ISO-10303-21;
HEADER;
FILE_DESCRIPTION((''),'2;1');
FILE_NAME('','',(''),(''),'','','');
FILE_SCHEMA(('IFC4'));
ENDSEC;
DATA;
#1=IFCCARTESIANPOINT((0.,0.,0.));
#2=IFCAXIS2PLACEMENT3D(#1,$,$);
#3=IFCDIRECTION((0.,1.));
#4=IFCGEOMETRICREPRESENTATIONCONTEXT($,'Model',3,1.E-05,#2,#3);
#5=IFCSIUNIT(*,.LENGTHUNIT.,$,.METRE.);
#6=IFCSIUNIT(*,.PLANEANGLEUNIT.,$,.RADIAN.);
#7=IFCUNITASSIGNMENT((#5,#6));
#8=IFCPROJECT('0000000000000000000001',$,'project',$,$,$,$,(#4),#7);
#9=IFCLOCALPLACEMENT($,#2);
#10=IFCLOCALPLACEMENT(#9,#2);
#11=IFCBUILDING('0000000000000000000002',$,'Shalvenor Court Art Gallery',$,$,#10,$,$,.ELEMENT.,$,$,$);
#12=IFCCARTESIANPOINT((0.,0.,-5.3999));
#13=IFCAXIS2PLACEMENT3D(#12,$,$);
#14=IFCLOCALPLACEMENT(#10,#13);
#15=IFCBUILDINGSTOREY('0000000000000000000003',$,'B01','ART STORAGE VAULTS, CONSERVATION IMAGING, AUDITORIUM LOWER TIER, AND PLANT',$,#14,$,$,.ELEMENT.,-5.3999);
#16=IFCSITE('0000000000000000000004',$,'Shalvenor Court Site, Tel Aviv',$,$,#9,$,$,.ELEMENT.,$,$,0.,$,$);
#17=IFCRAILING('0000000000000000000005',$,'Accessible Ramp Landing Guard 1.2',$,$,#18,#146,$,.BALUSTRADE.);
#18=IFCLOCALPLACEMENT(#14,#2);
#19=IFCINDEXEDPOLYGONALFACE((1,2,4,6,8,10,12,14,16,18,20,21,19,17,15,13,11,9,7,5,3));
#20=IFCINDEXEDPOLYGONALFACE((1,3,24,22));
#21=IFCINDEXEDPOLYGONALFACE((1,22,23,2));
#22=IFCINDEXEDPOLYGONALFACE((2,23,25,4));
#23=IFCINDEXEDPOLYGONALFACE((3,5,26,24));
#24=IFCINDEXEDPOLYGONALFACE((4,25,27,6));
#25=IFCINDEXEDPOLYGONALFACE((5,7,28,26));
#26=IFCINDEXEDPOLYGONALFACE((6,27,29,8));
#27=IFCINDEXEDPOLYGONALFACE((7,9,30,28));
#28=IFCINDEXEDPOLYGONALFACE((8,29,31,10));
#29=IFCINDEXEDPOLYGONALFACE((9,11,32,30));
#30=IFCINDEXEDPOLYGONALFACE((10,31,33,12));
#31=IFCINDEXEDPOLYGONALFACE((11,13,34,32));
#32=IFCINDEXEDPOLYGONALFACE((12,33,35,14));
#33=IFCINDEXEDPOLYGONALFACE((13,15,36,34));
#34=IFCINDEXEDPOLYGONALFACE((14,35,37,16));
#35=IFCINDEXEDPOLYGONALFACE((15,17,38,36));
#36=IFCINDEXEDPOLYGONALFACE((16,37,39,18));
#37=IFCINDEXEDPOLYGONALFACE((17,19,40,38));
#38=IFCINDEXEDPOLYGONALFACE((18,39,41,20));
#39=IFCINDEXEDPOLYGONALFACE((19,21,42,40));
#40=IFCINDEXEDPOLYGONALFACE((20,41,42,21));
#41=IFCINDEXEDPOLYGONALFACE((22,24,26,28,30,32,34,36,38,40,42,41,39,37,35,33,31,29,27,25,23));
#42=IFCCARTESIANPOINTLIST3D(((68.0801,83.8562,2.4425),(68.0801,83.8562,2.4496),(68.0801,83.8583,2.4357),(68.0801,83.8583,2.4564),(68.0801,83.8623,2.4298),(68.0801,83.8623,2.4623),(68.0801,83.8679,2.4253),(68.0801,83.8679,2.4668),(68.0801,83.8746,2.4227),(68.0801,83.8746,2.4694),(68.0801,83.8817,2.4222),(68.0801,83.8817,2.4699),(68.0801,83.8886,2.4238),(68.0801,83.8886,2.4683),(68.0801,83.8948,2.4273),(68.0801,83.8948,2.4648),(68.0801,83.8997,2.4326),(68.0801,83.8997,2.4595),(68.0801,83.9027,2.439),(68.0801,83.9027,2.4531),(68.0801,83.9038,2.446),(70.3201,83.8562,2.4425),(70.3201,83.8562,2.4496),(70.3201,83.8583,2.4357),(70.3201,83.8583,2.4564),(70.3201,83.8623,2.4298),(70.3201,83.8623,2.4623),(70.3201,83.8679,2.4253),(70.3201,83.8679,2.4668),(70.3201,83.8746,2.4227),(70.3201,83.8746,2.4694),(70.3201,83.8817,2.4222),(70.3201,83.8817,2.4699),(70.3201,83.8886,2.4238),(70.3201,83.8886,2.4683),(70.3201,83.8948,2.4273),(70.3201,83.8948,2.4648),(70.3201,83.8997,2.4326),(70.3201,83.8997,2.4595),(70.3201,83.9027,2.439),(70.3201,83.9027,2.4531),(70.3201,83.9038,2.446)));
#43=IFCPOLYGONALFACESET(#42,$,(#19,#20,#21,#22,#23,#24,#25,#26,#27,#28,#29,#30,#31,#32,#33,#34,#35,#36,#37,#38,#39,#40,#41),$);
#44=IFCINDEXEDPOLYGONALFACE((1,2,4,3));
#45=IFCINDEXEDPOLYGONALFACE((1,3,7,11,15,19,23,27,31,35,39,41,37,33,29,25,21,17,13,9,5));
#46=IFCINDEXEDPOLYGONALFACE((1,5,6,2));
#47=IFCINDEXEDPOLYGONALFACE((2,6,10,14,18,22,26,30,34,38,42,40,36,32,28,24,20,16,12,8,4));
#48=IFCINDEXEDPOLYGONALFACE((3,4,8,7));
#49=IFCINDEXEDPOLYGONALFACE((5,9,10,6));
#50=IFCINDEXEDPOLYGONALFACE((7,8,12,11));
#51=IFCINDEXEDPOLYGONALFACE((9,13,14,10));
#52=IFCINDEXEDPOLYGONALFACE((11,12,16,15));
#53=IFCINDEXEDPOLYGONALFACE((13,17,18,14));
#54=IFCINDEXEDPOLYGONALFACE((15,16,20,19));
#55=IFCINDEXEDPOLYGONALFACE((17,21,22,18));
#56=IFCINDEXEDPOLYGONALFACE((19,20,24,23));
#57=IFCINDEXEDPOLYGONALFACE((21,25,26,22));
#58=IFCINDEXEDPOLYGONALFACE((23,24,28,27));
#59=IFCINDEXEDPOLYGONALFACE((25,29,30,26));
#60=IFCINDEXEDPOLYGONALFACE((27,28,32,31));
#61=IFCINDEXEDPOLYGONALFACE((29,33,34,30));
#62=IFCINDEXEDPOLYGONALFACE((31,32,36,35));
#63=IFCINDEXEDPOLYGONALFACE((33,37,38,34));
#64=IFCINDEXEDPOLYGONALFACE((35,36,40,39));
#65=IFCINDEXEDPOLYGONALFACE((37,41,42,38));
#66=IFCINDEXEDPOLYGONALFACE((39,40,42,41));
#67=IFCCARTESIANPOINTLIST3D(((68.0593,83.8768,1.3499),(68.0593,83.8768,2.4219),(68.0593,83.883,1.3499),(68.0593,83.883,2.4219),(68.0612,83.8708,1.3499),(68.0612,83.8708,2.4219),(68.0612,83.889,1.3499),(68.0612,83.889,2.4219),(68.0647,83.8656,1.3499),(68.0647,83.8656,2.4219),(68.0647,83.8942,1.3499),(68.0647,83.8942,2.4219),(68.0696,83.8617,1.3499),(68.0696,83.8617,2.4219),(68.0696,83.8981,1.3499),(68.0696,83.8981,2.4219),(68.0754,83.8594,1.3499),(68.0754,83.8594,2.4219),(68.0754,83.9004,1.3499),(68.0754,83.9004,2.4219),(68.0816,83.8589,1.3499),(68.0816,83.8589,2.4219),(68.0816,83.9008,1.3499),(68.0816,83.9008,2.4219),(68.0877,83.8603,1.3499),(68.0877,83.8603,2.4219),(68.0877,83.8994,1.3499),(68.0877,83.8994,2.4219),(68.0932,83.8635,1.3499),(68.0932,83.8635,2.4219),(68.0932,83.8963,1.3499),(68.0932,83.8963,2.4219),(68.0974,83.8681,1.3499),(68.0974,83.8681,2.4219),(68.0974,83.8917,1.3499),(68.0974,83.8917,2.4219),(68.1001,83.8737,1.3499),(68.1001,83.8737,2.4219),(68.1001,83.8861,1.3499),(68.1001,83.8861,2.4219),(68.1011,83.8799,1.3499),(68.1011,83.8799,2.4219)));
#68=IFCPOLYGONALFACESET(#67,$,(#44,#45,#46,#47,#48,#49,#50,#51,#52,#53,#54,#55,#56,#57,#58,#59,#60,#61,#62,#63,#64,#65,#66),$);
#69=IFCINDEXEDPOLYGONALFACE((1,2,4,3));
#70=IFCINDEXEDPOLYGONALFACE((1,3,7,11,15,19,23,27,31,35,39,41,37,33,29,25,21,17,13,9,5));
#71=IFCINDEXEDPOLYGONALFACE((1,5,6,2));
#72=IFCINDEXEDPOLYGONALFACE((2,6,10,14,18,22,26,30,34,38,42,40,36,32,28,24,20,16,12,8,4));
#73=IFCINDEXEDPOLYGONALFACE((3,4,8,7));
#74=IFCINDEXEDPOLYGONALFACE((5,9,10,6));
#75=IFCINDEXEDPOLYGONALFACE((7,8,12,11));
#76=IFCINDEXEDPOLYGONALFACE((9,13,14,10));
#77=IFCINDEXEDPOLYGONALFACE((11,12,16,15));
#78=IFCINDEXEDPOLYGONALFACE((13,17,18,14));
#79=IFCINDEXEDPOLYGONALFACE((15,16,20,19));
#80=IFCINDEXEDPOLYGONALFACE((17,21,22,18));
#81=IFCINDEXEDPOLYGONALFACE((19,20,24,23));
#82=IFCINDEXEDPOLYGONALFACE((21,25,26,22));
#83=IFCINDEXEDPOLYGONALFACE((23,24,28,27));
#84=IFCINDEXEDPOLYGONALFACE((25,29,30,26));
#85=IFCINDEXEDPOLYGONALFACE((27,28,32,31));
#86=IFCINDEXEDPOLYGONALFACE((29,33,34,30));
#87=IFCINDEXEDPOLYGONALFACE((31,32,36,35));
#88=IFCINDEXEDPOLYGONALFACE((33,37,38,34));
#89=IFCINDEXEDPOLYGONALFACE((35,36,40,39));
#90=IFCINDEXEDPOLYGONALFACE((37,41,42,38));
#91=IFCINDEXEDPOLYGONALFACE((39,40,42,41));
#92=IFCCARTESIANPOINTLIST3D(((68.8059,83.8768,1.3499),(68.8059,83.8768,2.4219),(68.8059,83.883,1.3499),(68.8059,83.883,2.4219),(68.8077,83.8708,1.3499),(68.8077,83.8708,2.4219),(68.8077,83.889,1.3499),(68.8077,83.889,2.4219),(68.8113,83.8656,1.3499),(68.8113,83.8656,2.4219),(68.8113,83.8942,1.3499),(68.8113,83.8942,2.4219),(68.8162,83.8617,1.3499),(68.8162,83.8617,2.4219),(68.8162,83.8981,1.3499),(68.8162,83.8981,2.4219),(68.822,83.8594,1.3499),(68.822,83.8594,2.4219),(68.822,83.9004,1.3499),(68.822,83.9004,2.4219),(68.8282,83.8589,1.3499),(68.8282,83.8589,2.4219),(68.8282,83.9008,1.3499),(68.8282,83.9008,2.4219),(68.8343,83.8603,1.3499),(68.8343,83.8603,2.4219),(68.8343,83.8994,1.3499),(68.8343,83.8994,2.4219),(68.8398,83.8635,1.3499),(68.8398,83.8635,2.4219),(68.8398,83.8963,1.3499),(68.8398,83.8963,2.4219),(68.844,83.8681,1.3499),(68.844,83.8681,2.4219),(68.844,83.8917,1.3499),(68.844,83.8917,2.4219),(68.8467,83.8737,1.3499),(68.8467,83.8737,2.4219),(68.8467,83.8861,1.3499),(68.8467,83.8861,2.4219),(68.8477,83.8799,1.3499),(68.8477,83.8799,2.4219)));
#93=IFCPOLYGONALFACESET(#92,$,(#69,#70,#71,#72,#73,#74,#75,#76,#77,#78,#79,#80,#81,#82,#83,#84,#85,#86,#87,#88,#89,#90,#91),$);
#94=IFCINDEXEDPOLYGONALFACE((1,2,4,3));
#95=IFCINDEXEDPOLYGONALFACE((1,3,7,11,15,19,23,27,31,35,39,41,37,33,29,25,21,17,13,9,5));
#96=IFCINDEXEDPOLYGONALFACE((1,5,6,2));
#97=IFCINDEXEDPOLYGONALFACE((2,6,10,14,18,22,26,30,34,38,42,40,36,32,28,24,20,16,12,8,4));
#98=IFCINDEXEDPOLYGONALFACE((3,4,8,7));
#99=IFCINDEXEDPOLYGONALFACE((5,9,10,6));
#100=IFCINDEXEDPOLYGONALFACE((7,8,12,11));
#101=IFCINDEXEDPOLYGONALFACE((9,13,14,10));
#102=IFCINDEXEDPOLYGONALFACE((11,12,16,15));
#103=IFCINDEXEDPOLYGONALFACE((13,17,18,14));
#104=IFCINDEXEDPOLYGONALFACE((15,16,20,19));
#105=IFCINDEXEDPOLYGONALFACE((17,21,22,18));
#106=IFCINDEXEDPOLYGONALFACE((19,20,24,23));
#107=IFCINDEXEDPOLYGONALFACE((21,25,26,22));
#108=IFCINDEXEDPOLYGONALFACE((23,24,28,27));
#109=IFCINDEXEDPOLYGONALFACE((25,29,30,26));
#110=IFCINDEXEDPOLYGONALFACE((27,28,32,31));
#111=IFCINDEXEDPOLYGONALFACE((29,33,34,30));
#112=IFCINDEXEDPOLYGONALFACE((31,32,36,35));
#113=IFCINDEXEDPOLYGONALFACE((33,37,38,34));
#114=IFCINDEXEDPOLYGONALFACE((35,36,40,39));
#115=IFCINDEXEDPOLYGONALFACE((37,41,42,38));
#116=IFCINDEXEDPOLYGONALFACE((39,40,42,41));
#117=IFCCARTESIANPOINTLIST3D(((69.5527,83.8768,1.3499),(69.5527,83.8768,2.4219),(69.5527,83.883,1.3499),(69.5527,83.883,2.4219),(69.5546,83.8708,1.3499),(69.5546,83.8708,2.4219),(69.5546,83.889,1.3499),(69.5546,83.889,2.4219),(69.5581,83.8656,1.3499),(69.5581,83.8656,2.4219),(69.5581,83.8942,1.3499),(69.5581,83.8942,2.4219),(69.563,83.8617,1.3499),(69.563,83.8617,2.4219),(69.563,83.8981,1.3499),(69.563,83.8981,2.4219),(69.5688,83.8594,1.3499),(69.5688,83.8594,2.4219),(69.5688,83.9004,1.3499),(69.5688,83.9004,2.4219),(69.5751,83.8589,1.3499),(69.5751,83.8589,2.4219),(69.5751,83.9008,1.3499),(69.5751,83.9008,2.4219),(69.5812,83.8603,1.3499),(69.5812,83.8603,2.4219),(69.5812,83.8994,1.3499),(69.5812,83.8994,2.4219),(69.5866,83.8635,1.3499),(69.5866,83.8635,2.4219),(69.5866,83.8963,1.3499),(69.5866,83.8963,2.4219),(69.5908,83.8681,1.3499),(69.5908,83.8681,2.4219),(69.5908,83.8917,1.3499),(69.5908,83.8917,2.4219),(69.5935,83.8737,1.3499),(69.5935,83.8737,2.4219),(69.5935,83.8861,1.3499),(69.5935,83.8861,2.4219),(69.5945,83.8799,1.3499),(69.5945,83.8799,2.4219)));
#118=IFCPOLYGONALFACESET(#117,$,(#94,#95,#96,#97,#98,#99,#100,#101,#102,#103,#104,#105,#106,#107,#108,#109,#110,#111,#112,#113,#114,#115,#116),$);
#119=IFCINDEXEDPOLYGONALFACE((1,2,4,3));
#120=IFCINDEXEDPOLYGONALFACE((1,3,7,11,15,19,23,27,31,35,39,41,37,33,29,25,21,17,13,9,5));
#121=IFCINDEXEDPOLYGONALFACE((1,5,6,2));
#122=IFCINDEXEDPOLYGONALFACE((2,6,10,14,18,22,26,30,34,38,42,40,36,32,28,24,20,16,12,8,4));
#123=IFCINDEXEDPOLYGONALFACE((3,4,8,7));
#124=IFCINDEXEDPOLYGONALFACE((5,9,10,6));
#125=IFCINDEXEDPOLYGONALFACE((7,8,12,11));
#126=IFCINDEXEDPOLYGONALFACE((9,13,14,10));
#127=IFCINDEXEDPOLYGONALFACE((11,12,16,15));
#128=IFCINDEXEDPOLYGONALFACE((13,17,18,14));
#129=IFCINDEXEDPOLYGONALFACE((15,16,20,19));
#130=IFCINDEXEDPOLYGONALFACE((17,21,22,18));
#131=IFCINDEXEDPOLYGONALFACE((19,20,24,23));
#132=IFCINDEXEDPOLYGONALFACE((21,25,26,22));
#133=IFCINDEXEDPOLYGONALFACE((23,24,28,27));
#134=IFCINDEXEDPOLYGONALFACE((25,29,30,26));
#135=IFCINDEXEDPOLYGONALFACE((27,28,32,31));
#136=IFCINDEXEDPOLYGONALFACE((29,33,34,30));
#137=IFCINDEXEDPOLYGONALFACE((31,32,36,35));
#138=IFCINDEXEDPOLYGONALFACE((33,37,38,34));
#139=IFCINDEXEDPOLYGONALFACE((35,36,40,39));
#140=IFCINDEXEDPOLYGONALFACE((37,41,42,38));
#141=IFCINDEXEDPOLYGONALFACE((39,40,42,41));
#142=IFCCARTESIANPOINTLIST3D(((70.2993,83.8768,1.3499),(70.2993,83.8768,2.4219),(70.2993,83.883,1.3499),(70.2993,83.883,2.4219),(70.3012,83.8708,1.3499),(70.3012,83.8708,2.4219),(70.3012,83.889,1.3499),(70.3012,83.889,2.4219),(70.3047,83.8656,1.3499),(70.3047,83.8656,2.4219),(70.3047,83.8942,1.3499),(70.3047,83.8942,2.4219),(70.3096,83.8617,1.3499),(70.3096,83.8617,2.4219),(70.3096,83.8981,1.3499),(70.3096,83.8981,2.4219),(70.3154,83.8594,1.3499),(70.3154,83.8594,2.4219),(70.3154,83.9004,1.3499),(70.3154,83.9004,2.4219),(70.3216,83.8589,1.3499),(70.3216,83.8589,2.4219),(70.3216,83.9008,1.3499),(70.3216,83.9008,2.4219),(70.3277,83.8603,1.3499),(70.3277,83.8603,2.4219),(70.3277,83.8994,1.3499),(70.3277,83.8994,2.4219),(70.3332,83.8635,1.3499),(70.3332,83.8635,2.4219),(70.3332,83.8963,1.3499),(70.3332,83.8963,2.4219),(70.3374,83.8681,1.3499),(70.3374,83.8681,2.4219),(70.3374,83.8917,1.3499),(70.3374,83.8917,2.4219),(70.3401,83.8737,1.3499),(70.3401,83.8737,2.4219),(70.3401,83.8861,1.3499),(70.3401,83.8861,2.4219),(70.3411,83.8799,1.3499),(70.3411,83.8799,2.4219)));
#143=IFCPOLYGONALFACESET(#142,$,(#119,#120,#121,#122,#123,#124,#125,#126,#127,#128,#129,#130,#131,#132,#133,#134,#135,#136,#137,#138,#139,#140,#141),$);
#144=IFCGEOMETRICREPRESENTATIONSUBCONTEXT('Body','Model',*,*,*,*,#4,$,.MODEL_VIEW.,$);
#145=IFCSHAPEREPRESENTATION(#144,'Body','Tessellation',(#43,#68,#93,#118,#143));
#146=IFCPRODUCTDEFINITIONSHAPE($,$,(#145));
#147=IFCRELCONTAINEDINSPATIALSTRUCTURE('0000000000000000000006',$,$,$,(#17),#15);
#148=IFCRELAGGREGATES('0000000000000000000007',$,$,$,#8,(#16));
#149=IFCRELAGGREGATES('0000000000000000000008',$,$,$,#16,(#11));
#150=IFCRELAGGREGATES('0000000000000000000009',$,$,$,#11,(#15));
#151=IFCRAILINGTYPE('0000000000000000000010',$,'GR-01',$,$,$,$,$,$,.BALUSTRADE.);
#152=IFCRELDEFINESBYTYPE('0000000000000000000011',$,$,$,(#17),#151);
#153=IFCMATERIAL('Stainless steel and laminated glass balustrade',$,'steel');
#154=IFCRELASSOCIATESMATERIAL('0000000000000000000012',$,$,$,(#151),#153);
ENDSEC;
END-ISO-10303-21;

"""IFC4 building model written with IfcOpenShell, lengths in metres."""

from ifc_helpers import new_model, si_unit, direction, frame, origin, origin_2d, place, context, subcontext, project, spatial, circle, extrude, material, type_object, element, save


model = new_model("IFC4")

# Units and contexts
model_context = context("Model", 3, precision=1e-05, world=origin(), true_north=direction((0.0, 1.0)))
body_context = subcontext(model_context, "Body", "Model", "MODEL_VIEW")
ifc_project = project(units=[si_unit("LENGTHUNIT", "METRE"), si_unit("PLANEANGLEUNIT", "RADIAN")], contexts=[model_context])

# Site, building, storey
site_placement = place(None, origin())
site = spatial("IfcSite", under=ifc_project, at=site_placement, Name="Shalvenor Court Site, Tel Aviv", CompositionType="ELEMENT", RefElevation=0.0)
building_placement = place(site_placement, origin())
building = spatial("IfcBuilding", under=site, at=building_placement, Name="Shalvenor Court Art Gallery", CompositionType="ELEMENT")
storey_placement = place(building_placement, frame((0.0, 0.0, -5.3999)))
storey = spatial("IfcBuildingStorey", under=building, at=storey_placement, Name="B01", Description="ART STORAGE VAULTS, CONSERVATION IMAGING, AUDITORIUM LOWER TIER, AND PLANT", CompositionType="ELEMENT", Elevation=-5.3999)

# Railing
ifc_material_1 = material(Name="Stainless steel and laminated glass balustrade", Category="steel")
railing_type_1 = type_object("IfcRailingType", Name="GR-01", PredefinedType="BALUSTRADE", material=ifc_material_1)
for number, where, name in (
    (1, (68.0801, 83.8799, 1.3499), "Accessible Ramp Landing Guard 1.2"),
):
    element("IfcRailing", number, at=place(storey_placement, frame(where)), inside=storey, type_object=railing_type_1, Name=name, PredefinedType="BALUSTRADE", context=body_context, shape_type="SweptSolid", body=[
        extrude(circle(Radius=0.0239, at=origin_2d()), frame((0.0, 0.0, 1.0962), z_axis=(1.0, 0.0, 0.0), x_axis=(0.0, 1.0, 0.0)), (0.0, 0.0, 1.0), 2.24),
        extrude(circle(Radius=0.021, at=origin_2d()), origin(), (0.0, 0.0, 1.0), 1.072),
        extrude(circle(Radius=0.021, at=origin_2d()), frame((0.7466, 0.0, 0.0)), (0.0, 0.0, 1.0), 1.072),
        extrude(circle(Radius=0.021, at=origin_2d()), frame((1.4934, 0.0, 0.0)), (0.0, 0.0, 1.0), 1.072),
        extrude(circle(Radius=0.021, at=origin_2d()), frame((2.24, 0.0, 0.0)), (0.0, 0.0, 1.0), 1.072),
    ])

save(model, "model.ifc")
